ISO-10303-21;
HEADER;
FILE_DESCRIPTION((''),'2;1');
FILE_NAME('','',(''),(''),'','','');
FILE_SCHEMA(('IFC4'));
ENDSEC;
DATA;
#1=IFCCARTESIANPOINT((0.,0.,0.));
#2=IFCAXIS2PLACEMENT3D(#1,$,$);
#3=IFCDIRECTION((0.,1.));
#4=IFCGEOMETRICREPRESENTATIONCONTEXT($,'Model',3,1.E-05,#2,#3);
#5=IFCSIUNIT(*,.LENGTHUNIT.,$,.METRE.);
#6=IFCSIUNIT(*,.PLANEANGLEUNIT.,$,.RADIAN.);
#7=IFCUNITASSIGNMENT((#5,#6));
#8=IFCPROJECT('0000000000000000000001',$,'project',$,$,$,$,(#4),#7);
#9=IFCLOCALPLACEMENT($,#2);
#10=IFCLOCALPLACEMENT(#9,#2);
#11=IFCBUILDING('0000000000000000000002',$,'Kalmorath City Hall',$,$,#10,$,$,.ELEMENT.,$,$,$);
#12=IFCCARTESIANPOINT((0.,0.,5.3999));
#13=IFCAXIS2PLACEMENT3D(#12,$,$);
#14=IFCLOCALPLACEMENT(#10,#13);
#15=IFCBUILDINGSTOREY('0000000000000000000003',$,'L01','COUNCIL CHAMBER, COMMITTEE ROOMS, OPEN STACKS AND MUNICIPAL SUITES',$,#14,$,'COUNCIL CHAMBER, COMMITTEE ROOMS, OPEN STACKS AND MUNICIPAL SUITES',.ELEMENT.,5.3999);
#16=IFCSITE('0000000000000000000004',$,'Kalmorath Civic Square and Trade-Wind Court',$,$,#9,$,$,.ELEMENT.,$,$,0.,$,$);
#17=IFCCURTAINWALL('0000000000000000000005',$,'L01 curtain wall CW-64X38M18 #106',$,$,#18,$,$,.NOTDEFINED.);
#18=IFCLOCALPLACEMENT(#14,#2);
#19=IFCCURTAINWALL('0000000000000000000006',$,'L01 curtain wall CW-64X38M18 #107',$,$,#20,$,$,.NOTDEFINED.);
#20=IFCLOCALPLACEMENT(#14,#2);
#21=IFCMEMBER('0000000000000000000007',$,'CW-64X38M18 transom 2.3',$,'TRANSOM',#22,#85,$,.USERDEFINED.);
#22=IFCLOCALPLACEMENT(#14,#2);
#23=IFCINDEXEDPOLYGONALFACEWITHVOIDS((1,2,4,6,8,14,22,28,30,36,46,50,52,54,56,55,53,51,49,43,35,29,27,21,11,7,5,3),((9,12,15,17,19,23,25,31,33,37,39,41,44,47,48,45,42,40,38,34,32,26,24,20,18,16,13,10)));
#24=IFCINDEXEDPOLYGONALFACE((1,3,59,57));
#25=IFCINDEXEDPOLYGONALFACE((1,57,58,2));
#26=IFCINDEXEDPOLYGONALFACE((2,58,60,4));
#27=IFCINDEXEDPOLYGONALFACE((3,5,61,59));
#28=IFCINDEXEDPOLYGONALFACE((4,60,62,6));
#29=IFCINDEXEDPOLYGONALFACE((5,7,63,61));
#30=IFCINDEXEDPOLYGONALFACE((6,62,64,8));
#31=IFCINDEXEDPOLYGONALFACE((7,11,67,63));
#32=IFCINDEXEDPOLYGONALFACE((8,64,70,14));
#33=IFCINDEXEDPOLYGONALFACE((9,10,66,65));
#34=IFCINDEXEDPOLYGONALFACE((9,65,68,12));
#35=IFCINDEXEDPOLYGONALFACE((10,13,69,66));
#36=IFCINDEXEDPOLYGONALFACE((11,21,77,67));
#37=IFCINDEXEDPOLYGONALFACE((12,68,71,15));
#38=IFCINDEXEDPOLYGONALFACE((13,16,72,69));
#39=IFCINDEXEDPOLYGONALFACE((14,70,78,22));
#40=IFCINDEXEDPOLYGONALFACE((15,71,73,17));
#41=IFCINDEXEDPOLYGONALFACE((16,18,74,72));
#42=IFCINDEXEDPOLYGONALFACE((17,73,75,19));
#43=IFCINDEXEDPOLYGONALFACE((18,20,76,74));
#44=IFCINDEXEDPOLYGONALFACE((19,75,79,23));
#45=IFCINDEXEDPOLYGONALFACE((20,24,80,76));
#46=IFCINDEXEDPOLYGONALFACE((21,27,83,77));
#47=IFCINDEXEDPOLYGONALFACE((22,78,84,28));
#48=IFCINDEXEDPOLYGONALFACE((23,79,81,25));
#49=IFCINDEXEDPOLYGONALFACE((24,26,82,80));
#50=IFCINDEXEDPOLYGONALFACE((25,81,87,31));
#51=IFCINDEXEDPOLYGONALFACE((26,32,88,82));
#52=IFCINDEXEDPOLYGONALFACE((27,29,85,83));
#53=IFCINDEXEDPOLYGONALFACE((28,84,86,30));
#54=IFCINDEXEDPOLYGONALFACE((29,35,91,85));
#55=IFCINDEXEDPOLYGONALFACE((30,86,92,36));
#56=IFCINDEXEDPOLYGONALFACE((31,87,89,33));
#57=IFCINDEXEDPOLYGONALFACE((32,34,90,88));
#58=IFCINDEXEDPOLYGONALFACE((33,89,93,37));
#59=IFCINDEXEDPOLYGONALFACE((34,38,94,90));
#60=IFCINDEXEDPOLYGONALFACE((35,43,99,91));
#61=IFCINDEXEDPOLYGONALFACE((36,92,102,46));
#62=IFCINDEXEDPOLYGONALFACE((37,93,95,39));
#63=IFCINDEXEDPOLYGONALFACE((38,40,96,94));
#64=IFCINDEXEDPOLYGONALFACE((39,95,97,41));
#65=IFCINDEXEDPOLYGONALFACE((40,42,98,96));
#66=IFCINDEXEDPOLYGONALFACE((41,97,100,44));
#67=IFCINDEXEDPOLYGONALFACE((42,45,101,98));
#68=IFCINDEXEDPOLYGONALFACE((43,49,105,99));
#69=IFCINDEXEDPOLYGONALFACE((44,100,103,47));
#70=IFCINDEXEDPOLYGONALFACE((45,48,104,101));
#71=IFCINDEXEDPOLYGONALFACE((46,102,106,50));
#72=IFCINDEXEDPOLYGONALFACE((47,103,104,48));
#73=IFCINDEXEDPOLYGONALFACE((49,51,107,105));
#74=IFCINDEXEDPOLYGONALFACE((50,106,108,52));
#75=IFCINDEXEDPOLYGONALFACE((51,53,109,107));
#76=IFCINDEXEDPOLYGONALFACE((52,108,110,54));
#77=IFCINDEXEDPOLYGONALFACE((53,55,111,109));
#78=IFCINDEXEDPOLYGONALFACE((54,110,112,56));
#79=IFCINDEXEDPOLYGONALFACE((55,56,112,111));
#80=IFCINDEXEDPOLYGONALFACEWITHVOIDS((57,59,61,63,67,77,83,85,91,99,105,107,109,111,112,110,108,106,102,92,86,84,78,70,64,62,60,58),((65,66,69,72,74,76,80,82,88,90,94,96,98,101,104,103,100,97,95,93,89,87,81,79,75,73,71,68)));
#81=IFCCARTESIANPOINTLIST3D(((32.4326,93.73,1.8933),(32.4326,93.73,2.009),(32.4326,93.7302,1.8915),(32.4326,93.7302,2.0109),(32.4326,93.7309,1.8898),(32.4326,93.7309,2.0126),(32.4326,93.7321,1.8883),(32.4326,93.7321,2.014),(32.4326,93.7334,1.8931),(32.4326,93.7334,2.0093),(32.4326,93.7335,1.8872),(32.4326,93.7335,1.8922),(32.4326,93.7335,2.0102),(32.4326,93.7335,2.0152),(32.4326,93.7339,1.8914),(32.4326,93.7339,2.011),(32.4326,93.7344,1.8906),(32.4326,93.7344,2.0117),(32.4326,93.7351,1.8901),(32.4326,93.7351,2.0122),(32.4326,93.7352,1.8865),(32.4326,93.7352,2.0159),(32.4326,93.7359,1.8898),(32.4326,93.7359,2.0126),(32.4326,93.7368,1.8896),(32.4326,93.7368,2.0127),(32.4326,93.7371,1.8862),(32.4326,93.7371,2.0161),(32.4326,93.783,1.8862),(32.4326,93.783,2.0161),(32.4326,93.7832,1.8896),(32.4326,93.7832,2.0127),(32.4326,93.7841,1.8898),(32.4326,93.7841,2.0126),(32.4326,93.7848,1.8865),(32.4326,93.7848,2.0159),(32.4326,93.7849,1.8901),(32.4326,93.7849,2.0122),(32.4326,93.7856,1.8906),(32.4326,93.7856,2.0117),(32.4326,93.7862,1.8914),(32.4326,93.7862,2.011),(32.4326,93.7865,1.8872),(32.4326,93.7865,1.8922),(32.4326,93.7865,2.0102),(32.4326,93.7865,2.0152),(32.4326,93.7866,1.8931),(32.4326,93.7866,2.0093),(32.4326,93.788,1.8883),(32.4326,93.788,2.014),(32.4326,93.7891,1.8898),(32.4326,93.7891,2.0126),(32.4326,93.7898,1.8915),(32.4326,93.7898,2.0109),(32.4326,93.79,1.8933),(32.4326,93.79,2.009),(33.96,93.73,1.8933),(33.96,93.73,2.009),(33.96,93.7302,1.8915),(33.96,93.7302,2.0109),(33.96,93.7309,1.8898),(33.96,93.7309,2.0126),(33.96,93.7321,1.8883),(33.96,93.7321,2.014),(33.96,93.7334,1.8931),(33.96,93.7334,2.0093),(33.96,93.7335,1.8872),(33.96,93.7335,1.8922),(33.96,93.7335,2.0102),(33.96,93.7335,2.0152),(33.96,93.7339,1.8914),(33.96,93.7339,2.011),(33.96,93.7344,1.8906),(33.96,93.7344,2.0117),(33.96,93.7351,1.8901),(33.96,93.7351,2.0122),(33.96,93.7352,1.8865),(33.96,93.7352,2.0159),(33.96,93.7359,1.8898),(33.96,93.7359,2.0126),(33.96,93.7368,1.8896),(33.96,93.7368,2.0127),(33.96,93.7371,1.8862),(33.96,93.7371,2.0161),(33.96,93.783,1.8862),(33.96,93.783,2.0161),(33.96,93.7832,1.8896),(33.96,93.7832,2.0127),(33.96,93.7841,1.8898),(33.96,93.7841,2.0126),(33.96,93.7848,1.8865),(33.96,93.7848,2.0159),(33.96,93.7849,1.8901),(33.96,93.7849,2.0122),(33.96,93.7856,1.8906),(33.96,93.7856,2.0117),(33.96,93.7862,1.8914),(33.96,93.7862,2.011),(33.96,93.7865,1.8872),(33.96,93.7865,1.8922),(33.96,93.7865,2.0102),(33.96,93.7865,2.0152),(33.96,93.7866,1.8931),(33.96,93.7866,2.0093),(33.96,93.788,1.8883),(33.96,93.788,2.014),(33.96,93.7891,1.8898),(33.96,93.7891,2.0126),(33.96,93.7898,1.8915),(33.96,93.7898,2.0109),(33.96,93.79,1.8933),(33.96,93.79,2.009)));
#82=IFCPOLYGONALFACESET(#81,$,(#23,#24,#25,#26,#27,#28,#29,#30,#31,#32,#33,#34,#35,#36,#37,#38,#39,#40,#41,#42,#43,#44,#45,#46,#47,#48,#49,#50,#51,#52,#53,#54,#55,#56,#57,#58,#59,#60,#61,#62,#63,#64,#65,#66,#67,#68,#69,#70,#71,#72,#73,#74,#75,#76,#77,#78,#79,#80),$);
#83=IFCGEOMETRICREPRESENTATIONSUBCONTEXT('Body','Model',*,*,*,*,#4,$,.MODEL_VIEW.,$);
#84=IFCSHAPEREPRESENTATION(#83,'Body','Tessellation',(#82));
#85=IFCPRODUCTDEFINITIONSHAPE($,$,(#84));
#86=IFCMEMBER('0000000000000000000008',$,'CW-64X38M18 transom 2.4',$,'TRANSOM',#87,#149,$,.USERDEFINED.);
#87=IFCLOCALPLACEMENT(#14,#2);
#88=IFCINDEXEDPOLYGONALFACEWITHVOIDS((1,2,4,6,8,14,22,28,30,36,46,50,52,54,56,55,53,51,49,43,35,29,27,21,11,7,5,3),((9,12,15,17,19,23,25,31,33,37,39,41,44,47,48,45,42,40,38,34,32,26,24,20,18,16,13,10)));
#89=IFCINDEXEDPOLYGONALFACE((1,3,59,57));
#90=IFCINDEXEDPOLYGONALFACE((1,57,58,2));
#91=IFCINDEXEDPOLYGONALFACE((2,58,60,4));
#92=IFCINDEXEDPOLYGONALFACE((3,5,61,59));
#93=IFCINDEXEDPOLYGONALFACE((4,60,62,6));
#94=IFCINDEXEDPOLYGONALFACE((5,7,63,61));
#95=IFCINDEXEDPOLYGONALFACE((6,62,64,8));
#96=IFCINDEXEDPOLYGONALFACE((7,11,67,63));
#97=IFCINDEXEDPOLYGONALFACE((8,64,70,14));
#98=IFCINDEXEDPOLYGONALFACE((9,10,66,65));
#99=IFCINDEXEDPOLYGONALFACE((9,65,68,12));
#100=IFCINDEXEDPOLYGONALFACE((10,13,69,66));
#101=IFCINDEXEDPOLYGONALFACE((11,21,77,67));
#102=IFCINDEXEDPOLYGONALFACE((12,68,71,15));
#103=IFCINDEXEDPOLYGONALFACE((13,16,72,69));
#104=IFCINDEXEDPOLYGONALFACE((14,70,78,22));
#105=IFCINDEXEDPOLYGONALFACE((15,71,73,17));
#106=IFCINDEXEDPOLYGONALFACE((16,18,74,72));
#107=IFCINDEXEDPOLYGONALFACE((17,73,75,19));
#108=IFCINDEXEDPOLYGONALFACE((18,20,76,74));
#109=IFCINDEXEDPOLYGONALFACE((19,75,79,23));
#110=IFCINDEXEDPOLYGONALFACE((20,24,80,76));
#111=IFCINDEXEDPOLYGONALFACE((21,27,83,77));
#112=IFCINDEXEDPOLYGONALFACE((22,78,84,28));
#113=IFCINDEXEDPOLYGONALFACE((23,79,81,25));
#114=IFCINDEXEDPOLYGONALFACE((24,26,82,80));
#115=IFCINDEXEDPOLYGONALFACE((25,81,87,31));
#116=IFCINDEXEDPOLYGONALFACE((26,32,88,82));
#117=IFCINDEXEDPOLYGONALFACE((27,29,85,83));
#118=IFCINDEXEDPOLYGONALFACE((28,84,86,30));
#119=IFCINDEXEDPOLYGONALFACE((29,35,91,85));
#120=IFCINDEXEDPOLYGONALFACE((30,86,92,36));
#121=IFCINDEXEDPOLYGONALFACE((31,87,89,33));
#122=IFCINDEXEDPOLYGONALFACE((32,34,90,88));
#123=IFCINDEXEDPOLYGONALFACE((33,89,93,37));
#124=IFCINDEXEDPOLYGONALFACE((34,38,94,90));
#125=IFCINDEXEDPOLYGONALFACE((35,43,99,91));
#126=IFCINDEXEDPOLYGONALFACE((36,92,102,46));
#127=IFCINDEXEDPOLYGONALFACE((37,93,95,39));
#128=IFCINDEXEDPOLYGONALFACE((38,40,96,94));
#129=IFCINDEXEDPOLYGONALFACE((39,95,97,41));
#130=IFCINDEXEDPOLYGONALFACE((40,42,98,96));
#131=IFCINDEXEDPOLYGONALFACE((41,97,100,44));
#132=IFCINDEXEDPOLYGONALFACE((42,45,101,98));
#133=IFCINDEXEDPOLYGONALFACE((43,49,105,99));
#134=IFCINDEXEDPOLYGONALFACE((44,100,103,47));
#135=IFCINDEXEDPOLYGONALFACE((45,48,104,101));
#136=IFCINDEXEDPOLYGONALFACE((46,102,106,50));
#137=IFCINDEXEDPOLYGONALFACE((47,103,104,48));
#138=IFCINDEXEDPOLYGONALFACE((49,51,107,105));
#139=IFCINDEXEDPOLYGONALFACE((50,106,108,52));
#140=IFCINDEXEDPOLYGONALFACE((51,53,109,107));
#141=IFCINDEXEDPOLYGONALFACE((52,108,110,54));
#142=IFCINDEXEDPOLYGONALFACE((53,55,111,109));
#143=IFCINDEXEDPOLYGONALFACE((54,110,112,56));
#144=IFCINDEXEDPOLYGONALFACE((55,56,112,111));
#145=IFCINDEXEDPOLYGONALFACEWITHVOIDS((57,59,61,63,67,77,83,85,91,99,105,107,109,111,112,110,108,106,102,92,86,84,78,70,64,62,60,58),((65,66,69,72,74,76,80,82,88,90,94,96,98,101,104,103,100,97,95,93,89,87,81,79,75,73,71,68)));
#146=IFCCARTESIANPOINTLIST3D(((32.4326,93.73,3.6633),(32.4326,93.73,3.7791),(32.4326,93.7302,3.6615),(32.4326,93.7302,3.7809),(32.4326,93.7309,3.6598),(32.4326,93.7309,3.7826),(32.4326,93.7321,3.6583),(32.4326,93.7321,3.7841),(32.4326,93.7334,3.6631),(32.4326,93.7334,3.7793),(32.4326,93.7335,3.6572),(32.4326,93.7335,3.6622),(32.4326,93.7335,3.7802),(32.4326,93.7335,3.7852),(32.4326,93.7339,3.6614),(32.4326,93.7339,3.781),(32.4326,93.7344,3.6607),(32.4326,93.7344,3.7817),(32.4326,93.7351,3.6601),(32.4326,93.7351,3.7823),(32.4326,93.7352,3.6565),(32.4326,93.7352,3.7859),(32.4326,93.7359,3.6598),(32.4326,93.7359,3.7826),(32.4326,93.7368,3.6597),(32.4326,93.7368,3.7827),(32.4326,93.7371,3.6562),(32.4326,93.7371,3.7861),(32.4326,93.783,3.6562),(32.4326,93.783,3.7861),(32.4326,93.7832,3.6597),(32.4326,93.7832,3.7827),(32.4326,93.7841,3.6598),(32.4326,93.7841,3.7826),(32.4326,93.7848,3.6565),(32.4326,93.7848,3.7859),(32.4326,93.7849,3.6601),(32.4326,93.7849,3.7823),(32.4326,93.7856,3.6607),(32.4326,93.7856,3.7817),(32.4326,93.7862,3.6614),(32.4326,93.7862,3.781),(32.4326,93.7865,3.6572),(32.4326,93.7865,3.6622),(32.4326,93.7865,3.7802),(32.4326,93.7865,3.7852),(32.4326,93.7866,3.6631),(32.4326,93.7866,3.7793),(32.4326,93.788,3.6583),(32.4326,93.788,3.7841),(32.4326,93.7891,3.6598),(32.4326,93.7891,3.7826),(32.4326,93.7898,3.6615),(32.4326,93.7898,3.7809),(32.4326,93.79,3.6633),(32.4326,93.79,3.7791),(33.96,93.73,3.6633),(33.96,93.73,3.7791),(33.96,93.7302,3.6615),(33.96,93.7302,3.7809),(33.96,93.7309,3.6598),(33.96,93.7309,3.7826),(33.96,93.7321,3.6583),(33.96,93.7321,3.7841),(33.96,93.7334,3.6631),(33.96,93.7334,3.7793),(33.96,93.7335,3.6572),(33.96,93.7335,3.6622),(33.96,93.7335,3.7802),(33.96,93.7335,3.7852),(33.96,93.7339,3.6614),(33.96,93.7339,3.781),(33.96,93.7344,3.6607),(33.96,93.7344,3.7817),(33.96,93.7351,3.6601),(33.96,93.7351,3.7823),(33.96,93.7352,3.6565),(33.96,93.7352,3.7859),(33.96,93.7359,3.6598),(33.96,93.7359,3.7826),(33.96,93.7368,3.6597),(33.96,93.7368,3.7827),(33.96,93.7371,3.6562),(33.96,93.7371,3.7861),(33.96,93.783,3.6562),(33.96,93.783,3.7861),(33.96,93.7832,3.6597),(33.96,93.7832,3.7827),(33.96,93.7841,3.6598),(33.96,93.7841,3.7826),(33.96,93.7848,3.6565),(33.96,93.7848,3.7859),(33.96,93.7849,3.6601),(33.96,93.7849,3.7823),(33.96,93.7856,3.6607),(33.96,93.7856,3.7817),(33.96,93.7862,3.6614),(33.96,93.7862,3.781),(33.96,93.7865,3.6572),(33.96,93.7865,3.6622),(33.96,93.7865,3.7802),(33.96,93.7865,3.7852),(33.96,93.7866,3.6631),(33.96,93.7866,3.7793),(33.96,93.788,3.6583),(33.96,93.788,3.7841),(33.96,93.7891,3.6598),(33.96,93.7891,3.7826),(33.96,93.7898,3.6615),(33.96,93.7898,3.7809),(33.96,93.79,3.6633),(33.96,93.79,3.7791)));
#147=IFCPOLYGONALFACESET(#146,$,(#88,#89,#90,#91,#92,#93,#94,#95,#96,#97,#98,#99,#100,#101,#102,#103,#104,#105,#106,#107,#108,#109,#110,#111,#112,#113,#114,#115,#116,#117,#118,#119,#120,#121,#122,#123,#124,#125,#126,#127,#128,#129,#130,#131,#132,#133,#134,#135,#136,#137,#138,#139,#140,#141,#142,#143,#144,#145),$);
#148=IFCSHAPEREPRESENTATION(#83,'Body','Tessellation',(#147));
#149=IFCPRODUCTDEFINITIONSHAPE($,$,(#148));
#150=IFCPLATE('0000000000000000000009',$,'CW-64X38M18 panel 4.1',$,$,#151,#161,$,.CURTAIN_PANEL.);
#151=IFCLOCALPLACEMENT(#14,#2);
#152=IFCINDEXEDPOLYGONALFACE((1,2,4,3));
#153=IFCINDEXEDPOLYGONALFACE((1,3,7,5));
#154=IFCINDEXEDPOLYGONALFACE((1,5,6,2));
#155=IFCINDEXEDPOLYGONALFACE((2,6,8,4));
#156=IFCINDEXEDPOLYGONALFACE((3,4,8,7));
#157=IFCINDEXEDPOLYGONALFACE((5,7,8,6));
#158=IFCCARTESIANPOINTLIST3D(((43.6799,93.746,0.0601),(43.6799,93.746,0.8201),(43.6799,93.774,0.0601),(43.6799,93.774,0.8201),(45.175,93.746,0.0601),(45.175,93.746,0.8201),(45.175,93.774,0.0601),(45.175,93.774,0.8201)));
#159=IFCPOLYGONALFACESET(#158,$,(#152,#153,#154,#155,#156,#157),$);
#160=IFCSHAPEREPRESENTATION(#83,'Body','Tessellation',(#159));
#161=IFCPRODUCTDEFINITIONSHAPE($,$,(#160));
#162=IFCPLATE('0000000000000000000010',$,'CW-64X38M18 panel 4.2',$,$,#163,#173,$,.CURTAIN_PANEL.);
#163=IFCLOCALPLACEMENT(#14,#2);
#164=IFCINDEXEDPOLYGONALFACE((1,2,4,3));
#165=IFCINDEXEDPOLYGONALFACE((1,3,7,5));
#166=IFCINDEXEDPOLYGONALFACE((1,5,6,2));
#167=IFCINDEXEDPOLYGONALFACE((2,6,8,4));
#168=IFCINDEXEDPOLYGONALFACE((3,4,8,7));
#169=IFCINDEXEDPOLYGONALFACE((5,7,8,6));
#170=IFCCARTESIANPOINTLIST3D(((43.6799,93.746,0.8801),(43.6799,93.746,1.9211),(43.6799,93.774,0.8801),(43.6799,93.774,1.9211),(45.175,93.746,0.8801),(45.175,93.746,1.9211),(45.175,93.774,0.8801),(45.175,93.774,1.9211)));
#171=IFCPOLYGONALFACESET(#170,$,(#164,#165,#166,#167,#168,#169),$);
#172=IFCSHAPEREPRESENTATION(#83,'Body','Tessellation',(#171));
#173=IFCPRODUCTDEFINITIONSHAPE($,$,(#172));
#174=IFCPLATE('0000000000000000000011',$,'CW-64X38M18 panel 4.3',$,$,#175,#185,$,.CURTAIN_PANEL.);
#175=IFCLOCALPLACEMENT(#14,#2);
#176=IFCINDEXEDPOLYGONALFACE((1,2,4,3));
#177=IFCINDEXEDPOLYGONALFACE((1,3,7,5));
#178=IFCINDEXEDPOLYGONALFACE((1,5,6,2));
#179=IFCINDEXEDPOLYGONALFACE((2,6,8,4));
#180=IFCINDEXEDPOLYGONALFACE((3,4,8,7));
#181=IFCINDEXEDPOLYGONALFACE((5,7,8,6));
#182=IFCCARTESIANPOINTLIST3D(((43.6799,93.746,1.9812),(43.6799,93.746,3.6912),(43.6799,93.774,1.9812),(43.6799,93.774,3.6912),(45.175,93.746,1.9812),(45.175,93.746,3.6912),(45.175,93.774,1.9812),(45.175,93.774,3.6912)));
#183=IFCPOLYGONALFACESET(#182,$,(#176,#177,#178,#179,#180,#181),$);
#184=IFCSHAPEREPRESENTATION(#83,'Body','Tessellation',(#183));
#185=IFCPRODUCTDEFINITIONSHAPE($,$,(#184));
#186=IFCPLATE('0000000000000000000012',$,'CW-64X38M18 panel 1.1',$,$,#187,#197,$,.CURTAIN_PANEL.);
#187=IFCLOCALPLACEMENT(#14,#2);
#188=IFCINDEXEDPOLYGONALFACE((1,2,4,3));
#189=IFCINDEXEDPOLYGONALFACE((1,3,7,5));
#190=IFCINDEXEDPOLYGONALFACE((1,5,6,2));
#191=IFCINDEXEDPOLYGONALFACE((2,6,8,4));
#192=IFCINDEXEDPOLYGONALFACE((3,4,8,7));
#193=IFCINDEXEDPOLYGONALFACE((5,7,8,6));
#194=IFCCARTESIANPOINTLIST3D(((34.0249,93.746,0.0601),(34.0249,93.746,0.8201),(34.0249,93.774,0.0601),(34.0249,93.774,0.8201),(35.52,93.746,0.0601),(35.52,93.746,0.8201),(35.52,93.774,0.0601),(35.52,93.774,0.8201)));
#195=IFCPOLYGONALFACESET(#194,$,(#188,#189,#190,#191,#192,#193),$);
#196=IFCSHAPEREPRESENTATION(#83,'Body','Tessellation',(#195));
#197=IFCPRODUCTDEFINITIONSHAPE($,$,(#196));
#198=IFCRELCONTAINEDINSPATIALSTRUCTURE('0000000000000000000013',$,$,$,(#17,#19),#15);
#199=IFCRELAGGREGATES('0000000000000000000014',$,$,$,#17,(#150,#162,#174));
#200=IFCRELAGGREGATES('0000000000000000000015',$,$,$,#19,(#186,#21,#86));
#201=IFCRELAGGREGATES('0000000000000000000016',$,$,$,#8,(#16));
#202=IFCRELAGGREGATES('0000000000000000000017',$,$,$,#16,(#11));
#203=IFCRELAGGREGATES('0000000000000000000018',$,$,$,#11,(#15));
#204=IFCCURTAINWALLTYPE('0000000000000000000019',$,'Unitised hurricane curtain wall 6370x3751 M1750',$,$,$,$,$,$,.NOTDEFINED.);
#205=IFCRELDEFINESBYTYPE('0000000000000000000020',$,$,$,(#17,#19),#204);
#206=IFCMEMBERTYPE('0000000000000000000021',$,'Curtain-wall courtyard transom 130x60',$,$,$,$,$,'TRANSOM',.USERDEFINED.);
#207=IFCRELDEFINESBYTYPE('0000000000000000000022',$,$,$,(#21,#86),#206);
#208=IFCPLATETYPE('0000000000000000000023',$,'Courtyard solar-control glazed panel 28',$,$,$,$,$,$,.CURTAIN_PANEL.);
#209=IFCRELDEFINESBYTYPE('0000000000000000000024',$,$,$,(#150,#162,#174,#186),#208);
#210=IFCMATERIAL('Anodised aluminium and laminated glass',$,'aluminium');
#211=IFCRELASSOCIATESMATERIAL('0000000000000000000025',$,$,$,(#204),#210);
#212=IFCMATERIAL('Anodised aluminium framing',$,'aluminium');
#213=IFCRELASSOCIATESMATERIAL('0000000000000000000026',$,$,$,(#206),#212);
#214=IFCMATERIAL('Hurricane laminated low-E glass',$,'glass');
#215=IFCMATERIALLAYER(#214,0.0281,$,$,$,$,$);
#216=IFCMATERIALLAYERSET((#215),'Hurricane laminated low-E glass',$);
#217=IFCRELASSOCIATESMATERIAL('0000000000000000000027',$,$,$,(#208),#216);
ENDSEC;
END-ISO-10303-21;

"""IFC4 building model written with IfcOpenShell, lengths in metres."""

from ifc_helpers import new_model, si_unit, direction, frame, origin, origin_2d, place, context, subcontext, project, spatial, rectangle, hollow_rectangle, extrude, material, layer, layer_set, material_profile, profile_set, type_object, element, aggregate, save


model = new_model("IFC4")

# Units and contexts
model_context = context("Model", 3, precision=1e-05, world=origin(), true_north=direction((0.0, 1.0)))
body_context = subcontext(model_context, "Body", "Model", "MODEL_VIEW")
ifc_project = project(units=[si_unit("LENGTHUNIT", "METRE"), si_unit("PLANEANGLEUNIT", "RADIAN")], contexts=[model_context])

# Site, building, storey
site_placement = place(None, origin())
site = spatial("IfcSite", under=ifc_project, at=site_placement, Name="Kalmorath Civic Square and Trade-Wind Court", CompositionType="ELEMENT", RefElevation=0.0)
building_placement = place(site_placement, origin())
building = spatial("IfcBuilding", under=site, at=building_placement, Name="Kalmorath City Hall", CompositionType="ELEMENT")
storey_placement = place(building_placement, frame((0.0, 0.0, 5.3999)))
storey = spatial("IfcBuildingStorey", under=building, at=storey_placement, Name="L01", Description="COUNCIL CHAMBER, COMMITTEE ROOMS, OPEN STACKS AND MUNICIPAL SUITES", LongName="COUNCIL CHAMBER, COMMITTEE ROOMS, OPEN STACKS AND MUNICIPAL SUITES", CompositionType="ELEMENT", Elevation=5.3999)

# Curtain wall
ifc_material_1 = material(Name="Anodised aluminium and laminated glass", Category="aluminium")
curtain_wall_type = type_object("IfcCurtainWallType", Name="Unitised hurricane curtain wall 6370x3751 M1750", PredefinedType="NOTDEFINED", material=ifc_material_1)
curtain_wall_1_placement = place(storey_placement, origin())
curtain_wall_1 = element("IfcCurtainWall", 1, at=curtain_wall_1_placement, inside=storey, type_object=curtain_wall_type, Name="L01 curtain wall CW-64X38M18 #106", PredefinedType="NOTDEFINED")

# Curtain wall
curtain_wall_2_placement = place(storey_placement, origin())
curtain_wall_2 = element("IfcCurtainWall", 2, at=curtain_wall_2_placement, inside=storey, type_object=curtain_wall_type, Name="L01 curtain wall CW-64X38M18 #107", PredefinedType="NOTDEFINED")

# Members
ifc_material_2 = material(Name="Anodised aluminium framing", Category="aluminium")
ifc_material_profile_1 = material_profile(ifc_material_2, hollow_rectangle(XDim=0.0601, YDim=0.1299, WallThickness=0.0034, InnerFilletRadius=0.0034, OuterFilletRadius=0.0071, at=origin_2d()), Name="ALU-TRN-130X60X3.5")
ifc_profile_set_1 = profile_set([ifc_material_profile_1], Name="Anodised aluminium framing")
member_type_1 = type_object("IfcMemberType", Name="Curtain-wall courtyard transom 130x60", ElementType="TRANSOM", PredefinedType="USERDEFINED", material=ifc_profile_set_1)
member_1_placement = place(storey_placement, frame((33.96, 93.76, 1.9512), z_axis=(-1.0, 0.0, 0.0), x_axis=(0.0, -1.0, 0.0)))
member_1 = element("IfcMember", 3, at=member_1_placement, type_object=member_type_1, Name="CW-64X38M18 transom 2.3", ObjectType="TRANSOM", PredefinedType="USERDEFINED", context=body_context, shape_type="SweptSolid", body=[
    extrude(hollow_rectangle(XDim=0.0601, YDim=0.1299, WallThickness=0.0034, InnerFilletRadius=0.0034, OuterFilletRadius=0.0071, at=origin_2d()), origin(), (0.0, 0.0, 1.0), 1.5273),
])
member_2_placement = place(storey_placement, frame((33.96, 93.76, 3.7212), z_axis=(-1.0, 0.0, 0.0), x_axis=(0.0, -1.0, 0.0)))
member_2 = element("IfcMember", 4, at=member_2_placement, type_object=member_type_1, Name="CW-64X38M18 transom 2.4", ObjectType="TRANSOM", PredefinedType="USERDEFINED", context=body_context, shape_type="SweptSolid", body=[
    extrude(hollow_rectangle(XDim=0.0601, YDim=0.1299, WallThickness=0.0034, InnerFilletRadius=0.0034, OuterFilletRadius=0.0071, at=origin_2d()), origin(), (0.0, 0.0, 1.0), 1.5273),
])

# Plates
ifc_material_3 = material(Name="Hurricane laminated low-E glass", Category="glass")
ifc_layer_1 = layer(ifc_material_3, 0.0281)
ifc_layer_set_1 = layer_set([ifc_layer_1], Name="Hurricane laminated low-E glass")
plate_type = type_object("IfcPlateType", Name="Courtyard solar-control glazed panel 28", PredefinedType="CURTAIN_PANEL", material=ifc_layer_set_1)
plate_1_placement = place(storey_placement, frame((44.4275, 93.76, 0.0601), z_axis=(0.0, 0.0, 1.0), x_axis=(-1.0, 0.0, 0.0)))
plate_1 = element("IfcPlate", 5, at=plate_1_placement, type_object=plate_type, Name="CW-64X38M18 panel 4.1", PredefinedType="CURTAIN_PANEL", context=body_context, shape_type="SweptSolid", body=[
    extrude(rectangle(XDim=1.4951, YDim=0.0281, at=origin_2d()), origin(), (0.0, 0.0, 1.0), 0.76),
])
plate_2_placement = place(storey_placement, frame((44.4275, 93.76, 0.8801), z_axis=(0.0, 0.0, 1.0), x_axis=(-1.0, 0.0, 0.0)))
plate_2 = element("IfcPlate", 6, at=plate_2_placement, type_object=plate_type, Name="CW-64X38M18 panel 4.2", PredefinedType="CURTAIN_PANEL", context=body_context, shape_type="SweptSolid", body=[
    extrude(rectangle(XDim=1.4951, YDim=0.0281, at=origin_2d()), origin(), (0.0, 0.0, 1.0), 1.041),
])
plate_3_placement = place(storey_placement, frame((44.4275, 93.76, 1.9812), z_axis=(0.0, 0.0, 1.0), x_axis=(-1.0, 0.0, 0.0)))
plate_3 = element("IfcPlate", 7, at=plate_3_placement, type_object=plate_type, Name="CW-64X38M18 panel 4.3", PredefinedType="CURTAIN_PANEL", context=body_context, shape_type="SweptSolid", body=[
    extrude(rectangle(XDim=1.4951, YDim=0.0281, at=origin_2d()), origin(), (0.0, 0.0, 1.0), 1.71),
])
aggregate(curtain_wall_1, [plate_1, plate_2, plate_3])
plate_4_placement = place(storey_placement, frame((34.7725, 93.76, 0.0601), z_axis=(0.0, 0.0, 1.0), x_axis=(-1.0, 0.0, 0.0)))
plate_4 = element("IfcPlate", 8, at=plate_4_placement, type_object=plate_type, Name="CW-64X38M18 panel 1.1", PredefinedType="CURTAIN_PANEL", context=body_context, shape_type="SweptSolid", body=[
    extrude(rectangle(XDim=1.4951, YDim=0.0281, at=origin_2d()), origin(), (0.0, 0.0, 1.0), 0.76),
])
aggregate(curtain_wall_2, [plate_4, member_1, member_2])

save(model, "model.ifc")
